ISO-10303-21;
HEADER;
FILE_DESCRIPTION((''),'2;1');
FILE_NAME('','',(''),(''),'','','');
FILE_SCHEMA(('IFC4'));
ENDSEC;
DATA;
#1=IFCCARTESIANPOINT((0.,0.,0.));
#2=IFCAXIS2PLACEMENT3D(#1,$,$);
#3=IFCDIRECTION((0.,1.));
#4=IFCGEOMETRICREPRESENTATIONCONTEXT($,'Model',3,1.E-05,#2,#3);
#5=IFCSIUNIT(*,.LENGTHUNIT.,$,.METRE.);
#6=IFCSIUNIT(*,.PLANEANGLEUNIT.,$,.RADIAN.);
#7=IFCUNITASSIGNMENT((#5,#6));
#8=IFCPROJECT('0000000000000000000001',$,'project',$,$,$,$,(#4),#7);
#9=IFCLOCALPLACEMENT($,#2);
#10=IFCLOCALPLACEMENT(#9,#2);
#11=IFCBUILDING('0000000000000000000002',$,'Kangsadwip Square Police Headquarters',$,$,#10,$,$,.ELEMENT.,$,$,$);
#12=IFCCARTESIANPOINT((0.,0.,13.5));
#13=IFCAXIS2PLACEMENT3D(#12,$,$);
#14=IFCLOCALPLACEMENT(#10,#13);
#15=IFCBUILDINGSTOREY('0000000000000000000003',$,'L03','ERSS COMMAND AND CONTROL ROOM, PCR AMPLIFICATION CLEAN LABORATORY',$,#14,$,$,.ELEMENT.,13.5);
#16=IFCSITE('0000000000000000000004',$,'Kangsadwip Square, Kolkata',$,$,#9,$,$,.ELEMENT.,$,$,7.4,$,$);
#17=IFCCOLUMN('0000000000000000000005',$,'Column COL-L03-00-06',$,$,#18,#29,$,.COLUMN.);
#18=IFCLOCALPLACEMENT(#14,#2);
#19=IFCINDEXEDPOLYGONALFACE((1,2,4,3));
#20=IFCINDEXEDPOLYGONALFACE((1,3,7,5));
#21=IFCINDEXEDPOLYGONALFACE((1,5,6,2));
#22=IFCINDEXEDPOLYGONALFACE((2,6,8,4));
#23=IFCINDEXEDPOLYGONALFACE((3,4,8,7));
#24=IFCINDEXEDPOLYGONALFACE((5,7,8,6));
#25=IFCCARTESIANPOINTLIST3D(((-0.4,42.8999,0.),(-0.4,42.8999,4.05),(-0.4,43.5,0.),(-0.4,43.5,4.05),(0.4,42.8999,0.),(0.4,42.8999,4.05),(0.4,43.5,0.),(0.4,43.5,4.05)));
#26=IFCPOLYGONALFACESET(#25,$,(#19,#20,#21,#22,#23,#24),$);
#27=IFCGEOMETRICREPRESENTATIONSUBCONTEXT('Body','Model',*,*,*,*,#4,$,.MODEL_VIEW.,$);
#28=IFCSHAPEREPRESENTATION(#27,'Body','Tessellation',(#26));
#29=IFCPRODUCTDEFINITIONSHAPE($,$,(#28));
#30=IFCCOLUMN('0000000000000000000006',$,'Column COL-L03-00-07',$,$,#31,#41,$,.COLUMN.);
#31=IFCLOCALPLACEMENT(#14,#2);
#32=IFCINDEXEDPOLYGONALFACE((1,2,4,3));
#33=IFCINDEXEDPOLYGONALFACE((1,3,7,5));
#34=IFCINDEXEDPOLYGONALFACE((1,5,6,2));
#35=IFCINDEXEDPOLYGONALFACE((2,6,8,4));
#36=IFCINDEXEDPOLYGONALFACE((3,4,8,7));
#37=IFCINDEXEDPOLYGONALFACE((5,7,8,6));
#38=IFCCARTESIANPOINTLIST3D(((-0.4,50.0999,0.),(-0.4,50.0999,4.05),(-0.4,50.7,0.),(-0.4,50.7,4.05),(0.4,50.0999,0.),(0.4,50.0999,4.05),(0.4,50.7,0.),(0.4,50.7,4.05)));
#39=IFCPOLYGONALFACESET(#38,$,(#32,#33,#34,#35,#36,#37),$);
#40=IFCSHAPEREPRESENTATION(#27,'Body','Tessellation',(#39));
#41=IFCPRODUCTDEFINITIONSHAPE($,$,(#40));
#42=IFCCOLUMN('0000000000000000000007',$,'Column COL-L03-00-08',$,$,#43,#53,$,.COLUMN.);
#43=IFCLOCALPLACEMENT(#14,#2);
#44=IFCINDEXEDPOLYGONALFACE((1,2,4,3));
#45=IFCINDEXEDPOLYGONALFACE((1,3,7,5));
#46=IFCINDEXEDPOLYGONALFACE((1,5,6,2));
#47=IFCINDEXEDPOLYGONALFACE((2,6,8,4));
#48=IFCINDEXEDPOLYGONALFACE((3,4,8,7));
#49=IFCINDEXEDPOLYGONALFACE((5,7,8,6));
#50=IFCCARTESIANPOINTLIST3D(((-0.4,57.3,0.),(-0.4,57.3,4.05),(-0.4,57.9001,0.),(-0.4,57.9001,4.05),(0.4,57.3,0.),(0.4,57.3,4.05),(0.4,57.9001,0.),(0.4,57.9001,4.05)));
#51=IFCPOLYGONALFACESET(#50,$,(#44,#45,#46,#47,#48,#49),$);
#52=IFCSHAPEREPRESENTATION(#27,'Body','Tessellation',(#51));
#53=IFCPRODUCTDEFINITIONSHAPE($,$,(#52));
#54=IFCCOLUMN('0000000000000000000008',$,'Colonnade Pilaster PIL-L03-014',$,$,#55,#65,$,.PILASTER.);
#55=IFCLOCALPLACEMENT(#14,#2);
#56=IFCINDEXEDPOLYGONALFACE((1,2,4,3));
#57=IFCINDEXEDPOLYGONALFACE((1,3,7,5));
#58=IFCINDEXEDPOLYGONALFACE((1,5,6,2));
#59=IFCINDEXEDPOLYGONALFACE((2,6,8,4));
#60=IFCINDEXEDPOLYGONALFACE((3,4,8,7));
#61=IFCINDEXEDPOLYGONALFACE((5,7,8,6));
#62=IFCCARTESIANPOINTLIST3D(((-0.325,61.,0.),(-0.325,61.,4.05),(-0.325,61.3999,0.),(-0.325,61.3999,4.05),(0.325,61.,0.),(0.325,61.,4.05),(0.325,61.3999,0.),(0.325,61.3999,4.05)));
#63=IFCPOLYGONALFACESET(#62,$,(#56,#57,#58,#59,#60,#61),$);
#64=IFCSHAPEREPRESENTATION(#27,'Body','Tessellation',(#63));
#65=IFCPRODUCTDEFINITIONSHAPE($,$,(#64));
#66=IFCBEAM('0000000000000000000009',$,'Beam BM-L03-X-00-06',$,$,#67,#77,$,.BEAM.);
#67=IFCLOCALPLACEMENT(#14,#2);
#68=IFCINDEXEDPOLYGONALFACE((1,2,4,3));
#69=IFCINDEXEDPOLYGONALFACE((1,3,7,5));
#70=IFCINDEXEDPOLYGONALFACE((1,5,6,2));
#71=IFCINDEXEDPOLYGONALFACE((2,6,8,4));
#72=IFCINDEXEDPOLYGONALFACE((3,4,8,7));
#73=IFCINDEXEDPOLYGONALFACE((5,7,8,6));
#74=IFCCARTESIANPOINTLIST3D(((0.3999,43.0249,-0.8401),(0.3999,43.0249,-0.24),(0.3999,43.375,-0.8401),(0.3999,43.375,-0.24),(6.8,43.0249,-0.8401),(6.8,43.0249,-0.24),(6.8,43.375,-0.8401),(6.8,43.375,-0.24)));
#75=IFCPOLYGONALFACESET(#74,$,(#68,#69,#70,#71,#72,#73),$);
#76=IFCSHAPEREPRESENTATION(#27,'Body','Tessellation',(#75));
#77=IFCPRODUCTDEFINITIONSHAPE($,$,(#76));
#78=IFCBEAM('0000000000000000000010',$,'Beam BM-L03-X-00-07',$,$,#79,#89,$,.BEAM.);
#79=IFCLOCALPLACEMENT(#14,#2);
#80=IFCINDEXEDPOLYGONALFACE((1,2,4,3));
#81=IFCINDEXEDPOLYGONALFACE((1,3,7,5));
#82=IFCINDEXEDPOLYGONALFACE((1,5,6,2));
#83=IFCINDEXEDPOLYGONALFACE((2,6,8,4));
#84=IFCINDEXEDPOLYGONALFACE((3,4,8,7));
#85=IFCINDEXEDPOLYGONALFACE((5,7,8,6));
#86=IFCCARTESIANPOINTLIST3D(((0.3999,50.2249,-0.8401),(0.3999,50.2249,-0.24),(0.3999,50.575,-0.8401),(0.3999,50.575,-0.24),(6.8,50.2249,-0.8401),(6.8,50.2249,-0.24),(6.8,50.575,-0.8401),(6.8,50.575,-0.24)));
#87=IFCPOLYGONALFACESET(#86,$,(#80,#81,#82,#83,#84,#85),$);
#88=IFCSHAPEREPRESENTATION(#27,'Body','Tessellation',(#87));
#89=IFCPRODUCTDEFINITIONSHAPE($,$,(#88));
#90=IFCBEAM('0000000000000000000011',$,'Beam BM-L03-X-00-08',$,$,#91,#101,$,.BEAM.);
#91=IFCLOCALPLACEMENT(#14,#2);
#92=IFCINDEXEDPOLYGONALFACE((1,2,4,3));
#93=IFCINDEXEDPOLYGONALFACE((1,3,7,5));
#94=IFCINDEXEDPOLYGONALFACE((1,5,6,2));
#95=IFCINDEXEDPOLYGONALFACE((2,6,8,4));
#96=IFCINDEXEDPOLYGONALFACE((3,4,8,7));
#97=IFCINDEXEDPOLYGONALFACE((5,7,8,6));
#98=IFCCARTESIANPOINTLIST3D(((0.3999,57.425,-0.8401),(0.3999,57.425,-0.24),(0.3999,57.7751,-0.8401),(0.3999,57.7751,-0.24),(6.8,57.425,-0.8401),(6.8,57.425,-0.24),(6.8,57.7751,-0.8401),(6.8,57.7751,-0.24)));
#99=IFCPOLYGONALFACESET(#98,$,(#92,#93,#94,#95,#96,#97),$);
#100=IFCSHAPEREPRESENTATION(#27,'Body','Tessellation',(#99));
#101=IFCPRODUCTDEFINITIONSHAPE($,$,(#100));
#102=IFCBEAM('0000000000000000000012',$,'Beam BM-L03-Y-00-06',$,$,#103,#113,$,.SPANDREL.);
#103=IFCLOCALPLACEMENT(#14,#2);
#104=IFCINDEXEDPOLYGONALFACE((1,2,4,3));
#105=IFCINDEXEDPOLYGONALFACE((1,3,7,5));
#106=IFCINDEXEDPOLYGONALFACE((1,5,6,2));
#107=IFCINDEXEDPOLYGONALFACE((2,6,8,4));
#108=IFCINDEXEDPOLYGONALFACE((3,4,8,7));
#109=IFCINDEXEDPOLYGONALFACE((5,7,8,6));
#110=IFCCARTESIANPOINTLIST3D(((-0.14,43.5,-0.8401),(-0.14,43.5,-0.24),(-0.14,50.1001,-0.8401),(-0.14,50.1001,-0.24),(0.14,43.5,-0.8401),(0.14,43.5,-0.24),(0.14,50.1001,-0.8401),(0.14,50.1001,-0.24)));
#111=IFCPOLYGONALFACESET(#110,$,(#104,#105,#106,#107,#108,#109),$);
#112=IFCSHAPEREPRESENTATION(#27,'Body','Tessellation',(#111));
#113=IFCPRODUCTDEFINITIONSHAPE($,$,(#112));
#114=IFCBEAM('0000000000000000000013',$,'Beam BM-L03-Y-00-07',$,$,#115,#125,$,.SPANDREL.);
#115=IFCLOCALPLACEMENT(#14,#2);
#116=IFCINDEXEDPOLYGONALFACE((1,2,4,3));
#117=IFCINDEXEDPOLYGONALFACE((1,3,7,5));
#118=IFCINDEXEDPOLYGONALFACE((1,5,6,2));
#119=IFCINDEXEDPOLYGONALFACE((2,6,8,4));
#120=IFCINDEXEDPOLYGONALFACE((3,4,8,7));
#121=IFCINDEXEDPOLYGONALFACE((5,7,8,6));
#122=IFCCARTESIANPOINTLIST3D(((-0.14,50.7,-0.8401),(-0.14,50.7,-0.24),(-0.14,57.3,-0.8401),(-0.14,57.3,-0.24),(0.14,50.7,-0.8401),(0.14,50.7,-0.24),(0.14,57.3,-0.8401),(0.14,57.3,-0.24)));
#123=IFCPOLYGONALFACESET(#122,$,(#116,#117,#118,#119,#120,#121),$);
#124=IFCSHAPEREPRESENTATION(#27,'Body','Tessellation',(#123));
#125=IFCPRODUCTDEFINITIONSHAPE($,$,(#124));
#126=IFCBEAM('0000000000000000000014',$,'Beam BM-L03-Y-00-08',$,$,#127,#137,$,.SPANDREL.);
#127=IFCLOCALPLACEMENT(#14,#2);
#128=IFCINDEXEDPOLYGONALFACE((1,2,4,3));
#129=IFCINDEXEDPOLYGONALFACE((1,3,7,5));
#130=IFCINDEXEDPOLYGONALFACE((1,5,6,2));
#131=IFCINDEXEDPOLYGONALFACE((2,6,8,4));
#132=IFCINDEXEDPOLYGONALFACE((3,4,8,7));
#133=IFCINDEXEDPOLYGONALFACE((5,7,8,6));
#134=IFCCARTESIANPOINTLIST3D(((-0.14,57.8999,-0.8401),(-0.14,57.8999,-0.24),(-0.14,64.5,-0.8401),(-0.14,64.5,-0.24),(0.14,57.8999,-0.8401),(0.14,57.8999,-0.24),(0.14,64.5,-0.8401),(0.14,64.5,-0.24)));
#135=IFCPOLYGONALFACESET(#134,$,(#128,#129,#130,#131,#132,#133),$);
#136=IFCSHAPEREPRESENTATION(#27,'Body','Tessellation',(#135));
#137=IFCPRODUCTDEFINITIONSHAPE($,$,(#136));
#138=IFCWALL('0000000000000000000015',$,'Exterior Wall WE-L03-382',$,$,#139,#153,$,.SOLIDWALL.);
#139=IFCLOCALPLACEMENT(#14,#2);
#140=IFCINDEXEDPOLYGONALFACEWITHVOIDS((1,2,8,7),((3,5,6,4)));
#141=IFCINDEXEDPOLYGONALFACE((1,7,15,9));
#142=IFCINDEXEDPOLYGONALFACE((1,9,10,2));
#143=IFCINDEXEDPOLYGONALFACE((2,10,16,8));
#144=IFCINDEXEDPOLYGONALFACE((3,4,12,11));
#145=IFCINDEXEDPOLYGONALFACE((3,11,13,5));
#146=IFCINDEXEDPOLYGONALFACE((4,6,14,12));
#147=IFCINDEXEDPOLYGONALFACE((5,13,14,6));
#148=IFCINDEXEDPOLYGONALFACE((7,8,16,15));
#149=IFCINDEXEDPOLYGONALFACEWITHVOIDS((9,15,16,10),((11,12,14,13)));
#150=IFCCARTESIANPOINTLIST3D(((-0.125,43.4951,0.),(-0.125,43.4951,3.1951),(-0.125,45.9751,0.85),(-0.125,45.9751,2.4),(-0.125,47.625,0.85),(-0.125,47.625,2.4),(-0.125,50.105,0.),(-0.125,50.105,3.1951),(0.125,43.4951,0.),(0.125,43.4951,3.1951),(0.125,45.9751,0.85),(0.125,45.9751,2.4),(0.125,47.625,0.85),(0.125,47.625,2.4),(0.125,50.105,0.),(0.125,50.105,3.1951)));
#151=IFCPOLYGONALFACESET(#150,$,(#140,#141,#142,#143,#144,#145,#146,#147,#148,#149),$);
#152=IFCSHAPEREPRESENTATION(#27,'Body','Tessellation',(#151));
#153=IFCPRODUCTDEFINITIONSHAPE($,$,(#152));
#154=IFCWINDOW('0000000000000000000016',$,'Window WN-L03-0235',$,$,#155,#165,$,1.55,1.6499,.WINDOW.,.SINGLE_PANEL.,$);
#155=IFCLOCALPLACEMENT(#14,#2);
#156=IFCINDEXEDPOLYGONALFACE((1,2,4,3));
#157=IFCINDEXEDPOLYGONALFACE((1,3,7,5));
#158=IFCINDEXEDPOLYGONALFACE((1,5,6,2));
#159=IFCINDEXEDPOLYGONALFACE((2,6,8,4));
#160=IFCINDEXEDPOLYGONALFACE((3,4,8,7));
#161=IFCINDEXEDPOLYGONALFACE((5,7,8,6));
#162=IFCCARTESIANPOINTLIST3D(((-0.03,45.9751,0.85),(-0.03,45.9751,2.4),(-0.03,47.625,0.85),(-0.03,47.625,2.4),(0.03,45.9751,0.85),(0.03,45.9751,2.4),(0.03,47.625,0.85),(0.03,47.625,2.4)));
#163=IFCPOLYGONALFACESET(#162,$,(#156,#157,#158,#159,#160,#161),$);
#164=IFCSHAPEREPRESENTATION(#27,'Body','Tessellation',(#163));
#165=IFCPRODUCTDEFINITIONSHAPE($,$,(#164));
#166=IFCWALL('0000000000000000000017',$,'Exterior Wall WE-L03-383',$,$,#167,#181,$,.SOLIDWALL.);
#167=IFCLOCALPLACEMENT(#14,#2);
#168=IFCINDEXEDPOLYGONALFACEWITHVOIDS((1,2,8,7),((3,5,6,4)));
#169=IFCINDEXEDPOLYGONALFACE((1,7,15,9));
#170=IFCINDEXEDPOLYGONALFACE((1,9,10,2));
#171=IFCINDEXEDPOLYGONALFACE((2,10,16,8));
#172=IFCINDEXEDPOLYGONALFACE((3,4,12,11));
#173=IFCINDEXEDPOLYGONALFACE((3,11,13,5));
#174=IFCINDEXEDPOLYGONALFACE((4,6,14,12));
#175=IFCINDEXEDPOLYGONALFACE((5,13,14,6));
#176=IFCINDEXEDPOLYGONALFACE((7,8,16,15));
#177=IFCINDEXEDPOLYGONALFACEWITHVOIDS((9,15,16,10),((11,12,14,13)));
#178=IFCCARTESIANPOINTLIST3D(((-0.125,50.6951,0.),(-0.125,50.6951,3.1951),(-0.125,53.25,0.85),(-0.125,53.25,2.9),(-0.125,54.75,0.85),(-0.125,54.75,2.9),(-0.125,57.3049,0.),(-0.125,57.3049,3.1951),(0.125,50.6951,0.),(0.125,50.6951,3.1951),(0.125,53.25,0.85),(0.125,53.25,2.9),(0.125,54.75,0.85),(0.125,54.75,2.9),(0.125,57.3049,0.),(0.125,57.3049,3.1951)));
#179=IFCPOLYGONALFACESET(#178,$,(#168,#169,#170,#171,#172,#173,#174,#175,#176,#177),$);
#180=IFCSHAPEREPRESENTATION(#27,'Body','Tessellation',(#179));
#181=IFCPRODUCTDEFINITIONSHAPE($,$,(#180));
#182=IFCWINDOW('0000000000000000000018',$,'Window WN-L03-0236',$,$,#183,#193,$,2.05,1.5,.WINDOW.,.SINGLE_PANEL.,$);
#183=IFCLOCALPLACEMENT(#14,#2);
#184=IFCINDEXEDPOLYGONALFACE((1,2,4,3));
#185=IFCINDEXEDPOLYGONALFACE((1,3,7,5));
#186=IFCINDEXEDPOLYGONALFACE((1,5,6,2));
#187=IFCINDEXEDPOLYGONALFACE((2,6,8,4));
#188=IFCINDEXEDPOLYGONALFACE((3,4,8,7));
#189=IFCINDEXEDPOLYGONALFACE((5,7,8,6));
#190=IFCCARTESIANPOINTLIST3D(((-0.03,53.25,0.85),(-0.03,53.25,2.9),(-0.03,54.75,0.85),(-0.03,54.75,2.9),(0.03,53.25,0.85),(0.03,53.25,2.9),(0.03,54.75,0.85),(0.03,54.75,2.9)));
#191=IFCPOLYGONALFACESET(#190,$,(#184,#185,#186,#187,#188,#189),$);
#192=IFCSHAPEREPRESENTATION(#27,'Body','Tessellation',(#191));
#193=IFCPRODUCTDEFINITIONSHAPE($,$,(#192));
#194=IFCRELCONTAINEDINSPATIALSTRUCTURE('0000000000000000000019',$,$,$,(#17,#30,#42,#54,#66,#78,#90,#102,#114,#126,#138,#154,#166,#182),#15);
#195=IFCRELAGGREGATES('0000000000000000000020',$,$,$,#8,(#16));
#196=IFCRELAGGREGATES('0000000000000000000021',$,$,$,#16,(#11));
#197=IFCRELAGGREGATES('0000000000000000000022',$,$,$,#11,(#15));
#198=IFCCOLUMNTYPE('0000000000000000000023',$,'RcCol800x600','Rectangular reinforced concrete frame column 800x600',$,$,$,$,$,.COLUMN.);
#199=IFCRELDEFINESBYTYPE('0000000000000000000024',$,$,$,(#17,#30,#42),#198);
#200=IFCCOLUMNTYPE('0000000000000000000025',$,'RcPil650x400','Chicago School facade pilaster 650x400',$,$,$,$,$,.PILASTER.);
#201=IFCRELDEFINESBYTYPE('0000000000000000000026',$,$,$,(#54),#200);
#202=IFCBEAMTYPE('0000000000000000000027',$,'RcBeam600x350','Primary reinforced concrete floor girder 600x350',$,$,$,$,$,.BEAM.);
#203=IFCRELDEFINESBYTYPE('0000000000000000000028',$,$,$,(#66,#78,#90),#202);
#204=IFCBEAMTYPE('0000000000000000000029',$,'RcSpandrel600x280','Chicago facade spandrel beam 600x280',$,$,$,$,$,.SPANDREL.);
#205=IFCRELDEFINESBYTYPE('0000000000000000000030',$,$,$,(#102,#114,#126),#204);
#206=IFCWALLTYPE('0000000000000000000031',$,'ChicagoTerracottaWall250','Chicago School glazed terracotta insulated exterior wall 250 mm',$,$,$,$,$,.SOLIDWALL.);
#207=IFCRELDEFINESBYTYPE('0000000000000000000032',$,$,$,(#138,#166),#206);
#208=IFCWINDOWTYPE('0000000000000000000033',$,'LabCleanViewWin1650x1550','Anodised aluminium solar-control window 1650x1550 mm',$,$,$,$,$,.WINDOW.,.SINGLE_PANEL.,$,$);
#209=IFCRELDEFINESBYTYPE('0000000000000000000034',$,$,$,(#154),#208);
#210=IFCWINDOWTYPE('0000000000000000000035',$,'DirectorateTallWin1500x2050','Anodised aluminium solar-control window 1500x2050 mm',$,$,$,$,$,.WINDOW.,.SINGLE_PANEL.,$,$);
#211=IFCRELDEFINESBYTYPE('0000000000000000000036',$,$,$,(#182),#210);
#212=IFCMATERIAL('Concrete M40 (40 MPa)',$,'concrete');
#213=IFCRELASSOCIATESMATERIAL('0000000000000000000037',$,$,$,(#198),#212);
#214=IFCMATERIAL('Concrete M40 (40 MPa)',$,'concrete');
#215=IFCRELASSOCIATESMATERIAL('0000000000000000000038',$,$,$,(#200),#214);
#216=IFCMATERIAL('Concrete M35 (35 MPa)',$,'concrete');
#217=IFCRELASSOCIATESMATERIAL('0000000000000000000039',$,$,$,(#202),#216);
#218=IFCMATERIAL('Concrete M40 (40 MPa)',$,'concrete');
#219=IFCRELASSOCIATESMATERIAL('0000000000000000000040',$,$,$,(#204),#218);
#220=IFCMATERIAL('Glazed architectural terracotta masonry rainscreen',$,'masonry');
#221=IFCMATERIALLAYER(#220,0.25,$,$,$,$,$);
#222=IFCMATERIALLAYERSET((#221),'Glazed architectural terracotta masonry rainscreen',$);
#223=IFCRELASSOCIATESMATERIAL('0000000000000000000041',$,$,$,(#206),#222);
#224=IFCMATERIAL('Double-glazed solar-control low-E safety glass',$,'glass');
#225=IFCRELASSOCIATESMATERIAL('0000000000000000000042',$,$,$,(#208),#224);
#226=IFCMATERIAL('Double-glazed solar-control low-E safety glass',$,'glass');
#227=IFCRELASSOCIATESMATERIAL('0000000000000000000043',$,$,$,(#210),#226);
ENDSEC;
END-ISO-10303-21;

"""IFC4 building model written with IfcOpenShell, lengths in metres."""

from ifc_helpers import new_model, si_unit, direction, frame, frame_2d, origin, origin_2d, place, context, subcontext, project, spatial, rectangle, extrude, material, layer, layer_set, material_profile, profile_set, type_object, element, fill, save


model = new_model("IFC4")

# Units and contexts
model_context = context("Model", 3, precision=1e-05, world=origin(), true_north=direction((0.0, 1.0)))
body_context = subcontext(model_context, "Body", "Model", "MODEL_VIEW")
ifc_project = project(units=[si_unit("LENGTHUNIT", "METRE"), si_unit("PLANEANGLEUNIT", "RADIAN")], contexts=[model_context])

# Site, building, storey
site_placement = place(None, origin())
site = spatial("IfcSite", under=ifc_project, at=site_placement, Name="Kangsadwip Square, Kolkata", CompositionType="ELEMENT", RefElevation=7.4)
building_placement = place(site_placement, origin())
building = spatial("IfcBuilding", under=site, at=building_placement, Name="Kangsadwip Square Police Headquarters", CompositionType="ELEMENT")
storey_placement = place(building_placement, frame((0.0, 0.0, 13.5)))
storey = spatial("IfcBuildingStorey", under=building, at=storey_placement, Name="L03", Description="ERSS COMMAND AND CONTROL ROOM, PCR AMPLIFICATION CLEAN LABORATORY", CompositionType="ELEMENT", Elevation=13.5)

# Columns
ifc_material_1 = material(Name="Concrete M40 (40 MPa)", Category="concrete")
ifc_material_profile_1 = material_profile(ifc_material_1, rectangle(XDim=0.6001, YDim=0.8, at=origin_2d()), Name="RC COL 800X600")
ifc_profile_set_1 = profile_set([ifc_material_profile_1], Name="Concrete M40 (40 MPa)")
column_type_1 = type_object("IfcColumnType", Name="RcCol800x600", Description="Rectangular reinforced concrete frame column 800x600", PredefinedType="COLUMN", material=ifc_profile_set_1)
for number, where, z_axis, x_axis, name in (
    (1, (0.0, 43.2, 0.0), (0.0, 0.0, 1.0), (0.0, 1.0, 0.0), "Column COL-L03-00-06"),
    (2, (0.0, 50.3999, 0.0), (0.0, 0.0, 1.0), (0.0, 1.0, 0.0), "Column COL-L03-00-07"),
    (3, (0.0, 57.6001, 0.0), (0.0, 0.0, 1.0), (0.0, 1.0, 0.0), "Column COL-L03-00-08"),
):
    element("IfcColumn", number, at=place(storey_placement, frame(where, z_axis=z_axis, x_axis=x_axis)), inside=storey, type_object=column_type_1, Name=name, PredefinedType="COLUMN", context=body_context, shape_type="SweptSolid", body=[
        extrude(rectangle(XDim=0.6001, YDim=0.8, at=origin_2d()), origin(), (0.0, 0.0, 1.0), 4.05),
    ])
ifc_material_2 = material(Name="Concrete M40 (40 MPa)", Category="concrete")
ifc_material_profile_2 = material_profile(ifc_material_2, rectangle(XDim=0.3999, YDim=0.6499, at=origin_2d()), Name="RC PIL 650X400")
ifc_profile_set_2 = profile_set([ifc_material_profile_2], Name="Concrete M40 (40 MPa)")
column_type_2 = type_object("IfcColumnType", Name="RcPil650x400", Description="Chicago School facade pilaster 650x400", PredefinedType="PILASTER", material=ifc_profile_set_2)
column_placement = place(storey_placement, frame((0.0, 61.2, 0.0), z_axis=(0.0, 0.0, 1.0), x_axis=(0.0, 1.0, 0.0)))
element("IfcColumn", 4, at=column_placement, inside=storey, type_object=column_type_2, Name="Colonnade Pilaster PIL-L03-014", PredefinedType="PILASTER", context=body_context, shape_type="SweptSolid", body=[
    extrude(rectangle(XDim=0.3999, YDim=0.6499, at=origin_2d()), origin(), (0.0, 0.0, 1.0), 4.05),
])

# Beams
ifc_material_3 = material(Name="Concrete M35 (35 MPa)", Category="concrete")
ifc_material_profile_3 = material_profile(ifc_material_3, rectangle(XDim=0.3501, YDim=0.6001, at=origin_2d()), Name="RC BM 600X350")
ifc_profile_set_3 = profile_set([ifc_material_profile_3], Name="Concrete M35 (35 MPa)")
beam_type_1 = type_object("IfcBeamType", Name="RcBeam600x350", Description="Primary reinforced concrete floor girder 600x350", PredefinedType="BEAM", material=ifc_profile_set_3)
for number, where, z_axis, x_axis, name in (
    (5, (0.3999, 43.2, -0.54), (1.0, 0.0, 0.0), (0.0, 1.0, 0.0), "Beam BM-L03-X-00-06"),
    (6, (0.3999, 50.3999, -0.54), (1.0, 0.0, 0.0), (0.0, 1.0, 0.0), "Beam BM-L03-X-00-07"),
    (7, (0.3999, 57.6001, -0.54), (1.0, 0.0, 0.0), (0.0, 1.0, 0.0), "Beam BM-L03-X-00-08"),
):
    element("IfcBeam", number, at=place(storey_placement, frame(where, z_axis=z_axis, x_axis=x_axis)), inside=storey, type_object=beam_type_1, Name=name, PredefinedType="BEAM", context=body_context, shape_type="SweptSolid", body=[
        extrude(rectangle(XDim=0.3501, YDim=0.6001, at=origin_2d()), origin(), (0.0, 0.0, 1.0), 6.4001),
    ])
ifc_material_4 = material(Name="Concrete M40 (40 MPa)", Category="concrete")
ifc_material_profile_4 = material_profile(ifc_material_4, rectangle(XDim=0.28, YDim=0.6001, at=origin_2d()), Name="RC SPN 600X280")
ifc_profile_set_4 = profile_set([ifc_material_profile_4], Name="Concrete M40 (40 MPa)")
beam_type_2 = type_object("IfcBeamType", Name="RcSpandrel600x280", Description="Chicago facade spandrel beam 600x280", PredefinedType="SPANDREL", material=ifc_profile_set_4)
for number, where, z_axis, x_axis, name in (
    (8, (0.0, 43.5, -0.54), (0.0, 1.0, 0.0), (-1.0, 0.0, 0.0), "Beam BM-L03-Y-00-06"),
    (9, (0.0, 50.7, -0.54), (0.0, 1.0, 0.0), (-1.0, 0.0, 0.0), "Beam BM-L03-Y-00-07"),
    (10, (0.0, 57.8999, -0.54), (0.0, 1.0, 0.0), (-1.0, 0.0, 0.0), "Beam BM-L03-Y-00-08"),
):
    element("IfcBeam", number, at=place(storey_placement, frame(where, z_axis=z_axis, x_axis=x_axis)), inside=storey, type_object=beam_type_2, Name=name, PredefinedType="SPANDREL", context=body_context, shape_type="SweptSolid", body=[
        extrude(rectangle(XDim=0.28, YDim=0.6001, at=origin_2d()), origin(), (0.0, 0.0, 1.0), 6.6001),
    ])

# Walls, openings, windows
ifc_material_5 = material(Name="Glazed architectural terracotta masonry rainscreen", Category="masonry")
ifc_layer = layer(ifc_material_5, 0.25)
ifc_layer_set = layer_set([ifc_layer], Name="Glazed architectural terracotta masonry rainscreen")
wall_type = type_object("IfcWallType", Name="ChicagoTerracottaWall250", Description="Chicago School glazed terracotta insulated exterior wall 250 mm", PredefinedType="SOLIDWALL", material=ifc_layer_set)
wall_1_placement = place(storey_placement, frame((0.0, 43.4951, 0.0), z_axis=(0.0, 0.0, 1.0), x_axis=(0.0, 1.0, 0.0)))
wall_1 = element("IfcWall", 11, at=wall_1_placement, inside=storey, type_object=wall_type, Name="Exterior Wall WE-L03-382", PredefinedType="SOLIDWALL", context=body_context, shape_type="SweptSolid", body=[
    extrude(rectangle(XDim=6.6099, YDim=0.25, at=frame_2d((3.3049, 0.0))), origin(), (0.0, 0.0, 1.0), 3.1951),
])
opening_1_placement = place(wall_1_placement, frame((2.48, 0.0, 0.8501)))
opening_1 = element("IfcOpeningElement", 12, at=opening_1_placement, cuts=wall_1, PredefinedType="OPENING", context=body_context, shape_type="SweptSolid", body=[
    extrude(rectangle(XDim=1.6499, YDim=1.55, at=frame_2d((0.825, 0.7749))), frame((0.0, 0.135, 0.0), z_axis=(0.0, -1.0, 0.0), x_axis=(1.0, 0.0, 0.0)), (0.0, 0.0, 1.0), 0.27),
])
ifc_material_6 = material(Name="Double-glazed solar-control low-E safety glass", Category="glass")
window_type_1 = type_object("IfcWindowType", Name="LabCleanViewWin1650x1550", Description="Anodised aluminium solar-control window 1650x1550 mm", PartitioningType="SINGLE_PANEL", PredefinedType="WINDOW", material=ifc_material_6)
window_1_placement = place(opening_1_placement, origin())
window_1 = element("IfcWindow", 13, at=window_1_placement, inside=storey, type_object=window_type_1, Name="Window WN-L03-0235", OverallHeight=1.55, OverallWidth=1.6499, PartitioningType="SINGLE_PANEL", PredefinedType="WINDOW", context=body_context, shape_type="SweptSolid", body=[
    extrude(rectangle(XDim=1.6499, YDim=1.55, at=frame_2d((0.825, 0.7749))), frame((0.0, 0.03, 0.0), z_axis=(0.0, -1.0, 0.0), x_axis=(1.0, 0.0, 0.0)), (0.0, 0.0, 1.0), 0.0601),
])
fill(opening_1, window_1)
wall_2_placement = place(storey_placement, frame((0.0, 50.6951, 0.0), z_axis=(0.0, 0.0, 1.0), x_axis=(0.0, 1.0, 0.0)))
wall_2 = element("IfcWall", 14, at=wall_2_placement, inside=storey, type_object=wall_type, Name="Exterior Wall WE-L03-383", PredefinedType="SOLIDWALL", context=body_context, shape_type="SweptSolid", body=[
    extrude(rectangle(XDim=6.6099, YDim=0.25, at=frame_2d((3.3049, 0.0))), origin(), (0.0, 0.0, 1.0), 3.1951),
])
opening_2_placement = place(wall_2_placement, frame((2.5549, 0.0, 0.8501)))
opening_2 = element("IfcOpeningElement", 15, at=opening_2_placement, cuts=wall_2, PredefinedType="OPENING", context=body_context, shape_type="SweptSolid", body=[
    extrude(rectangle(XDim=1.5, YDim=2.05, at=frame_2d((0.75, 1.0249))), frame((0.0, 0.135, 0.0), z_axis=(0.0, -1.0, 0.0), x_axis=(1.0, 0.0, 0.0)), (0.0, 0.0, 1.0), 0.27),
])
ifc_material_7 = material(Name="Double-glazed solar-control low-E safety glass", Category="glass")
window_type_2 = type_object("IfcWindowType", Name="DirectorateTallWin1500x2050", Description="Anodised aluminium solar-control window 1500x2050 mm", PartitioningType="SINGLE_PANEL", PredefinedType="WINDOW", material=ifc_material_7)
window_2_placement = place(opening_2_placement, origin())
window_2 = element("IfcWindow", 16, at=window_2_placement, inside=storey, type_object=window_type_2, Name="Window WN-L03-0236", OverallHeight=2.05, OverallWidth=1.5, PartitioningType="SINGLE_PANEL", PredefinedType="WINDOW", context=body_context, shape_type="SweptSolid", body=[
    extrude(rectangle(XDim=1.5, YDim=2.05, at=frame_2d((0.75, 1.0249))), frame((0.0, 0.03, 0.0), z_axis=(0.0, -1.0, 0.0), x_axis=(1.0, 0.0, 0.0)), (0.0, 0.0, 1.0), 0.0601),
])
fill(opening_2, window_2)

save(model, "model.ifc")
